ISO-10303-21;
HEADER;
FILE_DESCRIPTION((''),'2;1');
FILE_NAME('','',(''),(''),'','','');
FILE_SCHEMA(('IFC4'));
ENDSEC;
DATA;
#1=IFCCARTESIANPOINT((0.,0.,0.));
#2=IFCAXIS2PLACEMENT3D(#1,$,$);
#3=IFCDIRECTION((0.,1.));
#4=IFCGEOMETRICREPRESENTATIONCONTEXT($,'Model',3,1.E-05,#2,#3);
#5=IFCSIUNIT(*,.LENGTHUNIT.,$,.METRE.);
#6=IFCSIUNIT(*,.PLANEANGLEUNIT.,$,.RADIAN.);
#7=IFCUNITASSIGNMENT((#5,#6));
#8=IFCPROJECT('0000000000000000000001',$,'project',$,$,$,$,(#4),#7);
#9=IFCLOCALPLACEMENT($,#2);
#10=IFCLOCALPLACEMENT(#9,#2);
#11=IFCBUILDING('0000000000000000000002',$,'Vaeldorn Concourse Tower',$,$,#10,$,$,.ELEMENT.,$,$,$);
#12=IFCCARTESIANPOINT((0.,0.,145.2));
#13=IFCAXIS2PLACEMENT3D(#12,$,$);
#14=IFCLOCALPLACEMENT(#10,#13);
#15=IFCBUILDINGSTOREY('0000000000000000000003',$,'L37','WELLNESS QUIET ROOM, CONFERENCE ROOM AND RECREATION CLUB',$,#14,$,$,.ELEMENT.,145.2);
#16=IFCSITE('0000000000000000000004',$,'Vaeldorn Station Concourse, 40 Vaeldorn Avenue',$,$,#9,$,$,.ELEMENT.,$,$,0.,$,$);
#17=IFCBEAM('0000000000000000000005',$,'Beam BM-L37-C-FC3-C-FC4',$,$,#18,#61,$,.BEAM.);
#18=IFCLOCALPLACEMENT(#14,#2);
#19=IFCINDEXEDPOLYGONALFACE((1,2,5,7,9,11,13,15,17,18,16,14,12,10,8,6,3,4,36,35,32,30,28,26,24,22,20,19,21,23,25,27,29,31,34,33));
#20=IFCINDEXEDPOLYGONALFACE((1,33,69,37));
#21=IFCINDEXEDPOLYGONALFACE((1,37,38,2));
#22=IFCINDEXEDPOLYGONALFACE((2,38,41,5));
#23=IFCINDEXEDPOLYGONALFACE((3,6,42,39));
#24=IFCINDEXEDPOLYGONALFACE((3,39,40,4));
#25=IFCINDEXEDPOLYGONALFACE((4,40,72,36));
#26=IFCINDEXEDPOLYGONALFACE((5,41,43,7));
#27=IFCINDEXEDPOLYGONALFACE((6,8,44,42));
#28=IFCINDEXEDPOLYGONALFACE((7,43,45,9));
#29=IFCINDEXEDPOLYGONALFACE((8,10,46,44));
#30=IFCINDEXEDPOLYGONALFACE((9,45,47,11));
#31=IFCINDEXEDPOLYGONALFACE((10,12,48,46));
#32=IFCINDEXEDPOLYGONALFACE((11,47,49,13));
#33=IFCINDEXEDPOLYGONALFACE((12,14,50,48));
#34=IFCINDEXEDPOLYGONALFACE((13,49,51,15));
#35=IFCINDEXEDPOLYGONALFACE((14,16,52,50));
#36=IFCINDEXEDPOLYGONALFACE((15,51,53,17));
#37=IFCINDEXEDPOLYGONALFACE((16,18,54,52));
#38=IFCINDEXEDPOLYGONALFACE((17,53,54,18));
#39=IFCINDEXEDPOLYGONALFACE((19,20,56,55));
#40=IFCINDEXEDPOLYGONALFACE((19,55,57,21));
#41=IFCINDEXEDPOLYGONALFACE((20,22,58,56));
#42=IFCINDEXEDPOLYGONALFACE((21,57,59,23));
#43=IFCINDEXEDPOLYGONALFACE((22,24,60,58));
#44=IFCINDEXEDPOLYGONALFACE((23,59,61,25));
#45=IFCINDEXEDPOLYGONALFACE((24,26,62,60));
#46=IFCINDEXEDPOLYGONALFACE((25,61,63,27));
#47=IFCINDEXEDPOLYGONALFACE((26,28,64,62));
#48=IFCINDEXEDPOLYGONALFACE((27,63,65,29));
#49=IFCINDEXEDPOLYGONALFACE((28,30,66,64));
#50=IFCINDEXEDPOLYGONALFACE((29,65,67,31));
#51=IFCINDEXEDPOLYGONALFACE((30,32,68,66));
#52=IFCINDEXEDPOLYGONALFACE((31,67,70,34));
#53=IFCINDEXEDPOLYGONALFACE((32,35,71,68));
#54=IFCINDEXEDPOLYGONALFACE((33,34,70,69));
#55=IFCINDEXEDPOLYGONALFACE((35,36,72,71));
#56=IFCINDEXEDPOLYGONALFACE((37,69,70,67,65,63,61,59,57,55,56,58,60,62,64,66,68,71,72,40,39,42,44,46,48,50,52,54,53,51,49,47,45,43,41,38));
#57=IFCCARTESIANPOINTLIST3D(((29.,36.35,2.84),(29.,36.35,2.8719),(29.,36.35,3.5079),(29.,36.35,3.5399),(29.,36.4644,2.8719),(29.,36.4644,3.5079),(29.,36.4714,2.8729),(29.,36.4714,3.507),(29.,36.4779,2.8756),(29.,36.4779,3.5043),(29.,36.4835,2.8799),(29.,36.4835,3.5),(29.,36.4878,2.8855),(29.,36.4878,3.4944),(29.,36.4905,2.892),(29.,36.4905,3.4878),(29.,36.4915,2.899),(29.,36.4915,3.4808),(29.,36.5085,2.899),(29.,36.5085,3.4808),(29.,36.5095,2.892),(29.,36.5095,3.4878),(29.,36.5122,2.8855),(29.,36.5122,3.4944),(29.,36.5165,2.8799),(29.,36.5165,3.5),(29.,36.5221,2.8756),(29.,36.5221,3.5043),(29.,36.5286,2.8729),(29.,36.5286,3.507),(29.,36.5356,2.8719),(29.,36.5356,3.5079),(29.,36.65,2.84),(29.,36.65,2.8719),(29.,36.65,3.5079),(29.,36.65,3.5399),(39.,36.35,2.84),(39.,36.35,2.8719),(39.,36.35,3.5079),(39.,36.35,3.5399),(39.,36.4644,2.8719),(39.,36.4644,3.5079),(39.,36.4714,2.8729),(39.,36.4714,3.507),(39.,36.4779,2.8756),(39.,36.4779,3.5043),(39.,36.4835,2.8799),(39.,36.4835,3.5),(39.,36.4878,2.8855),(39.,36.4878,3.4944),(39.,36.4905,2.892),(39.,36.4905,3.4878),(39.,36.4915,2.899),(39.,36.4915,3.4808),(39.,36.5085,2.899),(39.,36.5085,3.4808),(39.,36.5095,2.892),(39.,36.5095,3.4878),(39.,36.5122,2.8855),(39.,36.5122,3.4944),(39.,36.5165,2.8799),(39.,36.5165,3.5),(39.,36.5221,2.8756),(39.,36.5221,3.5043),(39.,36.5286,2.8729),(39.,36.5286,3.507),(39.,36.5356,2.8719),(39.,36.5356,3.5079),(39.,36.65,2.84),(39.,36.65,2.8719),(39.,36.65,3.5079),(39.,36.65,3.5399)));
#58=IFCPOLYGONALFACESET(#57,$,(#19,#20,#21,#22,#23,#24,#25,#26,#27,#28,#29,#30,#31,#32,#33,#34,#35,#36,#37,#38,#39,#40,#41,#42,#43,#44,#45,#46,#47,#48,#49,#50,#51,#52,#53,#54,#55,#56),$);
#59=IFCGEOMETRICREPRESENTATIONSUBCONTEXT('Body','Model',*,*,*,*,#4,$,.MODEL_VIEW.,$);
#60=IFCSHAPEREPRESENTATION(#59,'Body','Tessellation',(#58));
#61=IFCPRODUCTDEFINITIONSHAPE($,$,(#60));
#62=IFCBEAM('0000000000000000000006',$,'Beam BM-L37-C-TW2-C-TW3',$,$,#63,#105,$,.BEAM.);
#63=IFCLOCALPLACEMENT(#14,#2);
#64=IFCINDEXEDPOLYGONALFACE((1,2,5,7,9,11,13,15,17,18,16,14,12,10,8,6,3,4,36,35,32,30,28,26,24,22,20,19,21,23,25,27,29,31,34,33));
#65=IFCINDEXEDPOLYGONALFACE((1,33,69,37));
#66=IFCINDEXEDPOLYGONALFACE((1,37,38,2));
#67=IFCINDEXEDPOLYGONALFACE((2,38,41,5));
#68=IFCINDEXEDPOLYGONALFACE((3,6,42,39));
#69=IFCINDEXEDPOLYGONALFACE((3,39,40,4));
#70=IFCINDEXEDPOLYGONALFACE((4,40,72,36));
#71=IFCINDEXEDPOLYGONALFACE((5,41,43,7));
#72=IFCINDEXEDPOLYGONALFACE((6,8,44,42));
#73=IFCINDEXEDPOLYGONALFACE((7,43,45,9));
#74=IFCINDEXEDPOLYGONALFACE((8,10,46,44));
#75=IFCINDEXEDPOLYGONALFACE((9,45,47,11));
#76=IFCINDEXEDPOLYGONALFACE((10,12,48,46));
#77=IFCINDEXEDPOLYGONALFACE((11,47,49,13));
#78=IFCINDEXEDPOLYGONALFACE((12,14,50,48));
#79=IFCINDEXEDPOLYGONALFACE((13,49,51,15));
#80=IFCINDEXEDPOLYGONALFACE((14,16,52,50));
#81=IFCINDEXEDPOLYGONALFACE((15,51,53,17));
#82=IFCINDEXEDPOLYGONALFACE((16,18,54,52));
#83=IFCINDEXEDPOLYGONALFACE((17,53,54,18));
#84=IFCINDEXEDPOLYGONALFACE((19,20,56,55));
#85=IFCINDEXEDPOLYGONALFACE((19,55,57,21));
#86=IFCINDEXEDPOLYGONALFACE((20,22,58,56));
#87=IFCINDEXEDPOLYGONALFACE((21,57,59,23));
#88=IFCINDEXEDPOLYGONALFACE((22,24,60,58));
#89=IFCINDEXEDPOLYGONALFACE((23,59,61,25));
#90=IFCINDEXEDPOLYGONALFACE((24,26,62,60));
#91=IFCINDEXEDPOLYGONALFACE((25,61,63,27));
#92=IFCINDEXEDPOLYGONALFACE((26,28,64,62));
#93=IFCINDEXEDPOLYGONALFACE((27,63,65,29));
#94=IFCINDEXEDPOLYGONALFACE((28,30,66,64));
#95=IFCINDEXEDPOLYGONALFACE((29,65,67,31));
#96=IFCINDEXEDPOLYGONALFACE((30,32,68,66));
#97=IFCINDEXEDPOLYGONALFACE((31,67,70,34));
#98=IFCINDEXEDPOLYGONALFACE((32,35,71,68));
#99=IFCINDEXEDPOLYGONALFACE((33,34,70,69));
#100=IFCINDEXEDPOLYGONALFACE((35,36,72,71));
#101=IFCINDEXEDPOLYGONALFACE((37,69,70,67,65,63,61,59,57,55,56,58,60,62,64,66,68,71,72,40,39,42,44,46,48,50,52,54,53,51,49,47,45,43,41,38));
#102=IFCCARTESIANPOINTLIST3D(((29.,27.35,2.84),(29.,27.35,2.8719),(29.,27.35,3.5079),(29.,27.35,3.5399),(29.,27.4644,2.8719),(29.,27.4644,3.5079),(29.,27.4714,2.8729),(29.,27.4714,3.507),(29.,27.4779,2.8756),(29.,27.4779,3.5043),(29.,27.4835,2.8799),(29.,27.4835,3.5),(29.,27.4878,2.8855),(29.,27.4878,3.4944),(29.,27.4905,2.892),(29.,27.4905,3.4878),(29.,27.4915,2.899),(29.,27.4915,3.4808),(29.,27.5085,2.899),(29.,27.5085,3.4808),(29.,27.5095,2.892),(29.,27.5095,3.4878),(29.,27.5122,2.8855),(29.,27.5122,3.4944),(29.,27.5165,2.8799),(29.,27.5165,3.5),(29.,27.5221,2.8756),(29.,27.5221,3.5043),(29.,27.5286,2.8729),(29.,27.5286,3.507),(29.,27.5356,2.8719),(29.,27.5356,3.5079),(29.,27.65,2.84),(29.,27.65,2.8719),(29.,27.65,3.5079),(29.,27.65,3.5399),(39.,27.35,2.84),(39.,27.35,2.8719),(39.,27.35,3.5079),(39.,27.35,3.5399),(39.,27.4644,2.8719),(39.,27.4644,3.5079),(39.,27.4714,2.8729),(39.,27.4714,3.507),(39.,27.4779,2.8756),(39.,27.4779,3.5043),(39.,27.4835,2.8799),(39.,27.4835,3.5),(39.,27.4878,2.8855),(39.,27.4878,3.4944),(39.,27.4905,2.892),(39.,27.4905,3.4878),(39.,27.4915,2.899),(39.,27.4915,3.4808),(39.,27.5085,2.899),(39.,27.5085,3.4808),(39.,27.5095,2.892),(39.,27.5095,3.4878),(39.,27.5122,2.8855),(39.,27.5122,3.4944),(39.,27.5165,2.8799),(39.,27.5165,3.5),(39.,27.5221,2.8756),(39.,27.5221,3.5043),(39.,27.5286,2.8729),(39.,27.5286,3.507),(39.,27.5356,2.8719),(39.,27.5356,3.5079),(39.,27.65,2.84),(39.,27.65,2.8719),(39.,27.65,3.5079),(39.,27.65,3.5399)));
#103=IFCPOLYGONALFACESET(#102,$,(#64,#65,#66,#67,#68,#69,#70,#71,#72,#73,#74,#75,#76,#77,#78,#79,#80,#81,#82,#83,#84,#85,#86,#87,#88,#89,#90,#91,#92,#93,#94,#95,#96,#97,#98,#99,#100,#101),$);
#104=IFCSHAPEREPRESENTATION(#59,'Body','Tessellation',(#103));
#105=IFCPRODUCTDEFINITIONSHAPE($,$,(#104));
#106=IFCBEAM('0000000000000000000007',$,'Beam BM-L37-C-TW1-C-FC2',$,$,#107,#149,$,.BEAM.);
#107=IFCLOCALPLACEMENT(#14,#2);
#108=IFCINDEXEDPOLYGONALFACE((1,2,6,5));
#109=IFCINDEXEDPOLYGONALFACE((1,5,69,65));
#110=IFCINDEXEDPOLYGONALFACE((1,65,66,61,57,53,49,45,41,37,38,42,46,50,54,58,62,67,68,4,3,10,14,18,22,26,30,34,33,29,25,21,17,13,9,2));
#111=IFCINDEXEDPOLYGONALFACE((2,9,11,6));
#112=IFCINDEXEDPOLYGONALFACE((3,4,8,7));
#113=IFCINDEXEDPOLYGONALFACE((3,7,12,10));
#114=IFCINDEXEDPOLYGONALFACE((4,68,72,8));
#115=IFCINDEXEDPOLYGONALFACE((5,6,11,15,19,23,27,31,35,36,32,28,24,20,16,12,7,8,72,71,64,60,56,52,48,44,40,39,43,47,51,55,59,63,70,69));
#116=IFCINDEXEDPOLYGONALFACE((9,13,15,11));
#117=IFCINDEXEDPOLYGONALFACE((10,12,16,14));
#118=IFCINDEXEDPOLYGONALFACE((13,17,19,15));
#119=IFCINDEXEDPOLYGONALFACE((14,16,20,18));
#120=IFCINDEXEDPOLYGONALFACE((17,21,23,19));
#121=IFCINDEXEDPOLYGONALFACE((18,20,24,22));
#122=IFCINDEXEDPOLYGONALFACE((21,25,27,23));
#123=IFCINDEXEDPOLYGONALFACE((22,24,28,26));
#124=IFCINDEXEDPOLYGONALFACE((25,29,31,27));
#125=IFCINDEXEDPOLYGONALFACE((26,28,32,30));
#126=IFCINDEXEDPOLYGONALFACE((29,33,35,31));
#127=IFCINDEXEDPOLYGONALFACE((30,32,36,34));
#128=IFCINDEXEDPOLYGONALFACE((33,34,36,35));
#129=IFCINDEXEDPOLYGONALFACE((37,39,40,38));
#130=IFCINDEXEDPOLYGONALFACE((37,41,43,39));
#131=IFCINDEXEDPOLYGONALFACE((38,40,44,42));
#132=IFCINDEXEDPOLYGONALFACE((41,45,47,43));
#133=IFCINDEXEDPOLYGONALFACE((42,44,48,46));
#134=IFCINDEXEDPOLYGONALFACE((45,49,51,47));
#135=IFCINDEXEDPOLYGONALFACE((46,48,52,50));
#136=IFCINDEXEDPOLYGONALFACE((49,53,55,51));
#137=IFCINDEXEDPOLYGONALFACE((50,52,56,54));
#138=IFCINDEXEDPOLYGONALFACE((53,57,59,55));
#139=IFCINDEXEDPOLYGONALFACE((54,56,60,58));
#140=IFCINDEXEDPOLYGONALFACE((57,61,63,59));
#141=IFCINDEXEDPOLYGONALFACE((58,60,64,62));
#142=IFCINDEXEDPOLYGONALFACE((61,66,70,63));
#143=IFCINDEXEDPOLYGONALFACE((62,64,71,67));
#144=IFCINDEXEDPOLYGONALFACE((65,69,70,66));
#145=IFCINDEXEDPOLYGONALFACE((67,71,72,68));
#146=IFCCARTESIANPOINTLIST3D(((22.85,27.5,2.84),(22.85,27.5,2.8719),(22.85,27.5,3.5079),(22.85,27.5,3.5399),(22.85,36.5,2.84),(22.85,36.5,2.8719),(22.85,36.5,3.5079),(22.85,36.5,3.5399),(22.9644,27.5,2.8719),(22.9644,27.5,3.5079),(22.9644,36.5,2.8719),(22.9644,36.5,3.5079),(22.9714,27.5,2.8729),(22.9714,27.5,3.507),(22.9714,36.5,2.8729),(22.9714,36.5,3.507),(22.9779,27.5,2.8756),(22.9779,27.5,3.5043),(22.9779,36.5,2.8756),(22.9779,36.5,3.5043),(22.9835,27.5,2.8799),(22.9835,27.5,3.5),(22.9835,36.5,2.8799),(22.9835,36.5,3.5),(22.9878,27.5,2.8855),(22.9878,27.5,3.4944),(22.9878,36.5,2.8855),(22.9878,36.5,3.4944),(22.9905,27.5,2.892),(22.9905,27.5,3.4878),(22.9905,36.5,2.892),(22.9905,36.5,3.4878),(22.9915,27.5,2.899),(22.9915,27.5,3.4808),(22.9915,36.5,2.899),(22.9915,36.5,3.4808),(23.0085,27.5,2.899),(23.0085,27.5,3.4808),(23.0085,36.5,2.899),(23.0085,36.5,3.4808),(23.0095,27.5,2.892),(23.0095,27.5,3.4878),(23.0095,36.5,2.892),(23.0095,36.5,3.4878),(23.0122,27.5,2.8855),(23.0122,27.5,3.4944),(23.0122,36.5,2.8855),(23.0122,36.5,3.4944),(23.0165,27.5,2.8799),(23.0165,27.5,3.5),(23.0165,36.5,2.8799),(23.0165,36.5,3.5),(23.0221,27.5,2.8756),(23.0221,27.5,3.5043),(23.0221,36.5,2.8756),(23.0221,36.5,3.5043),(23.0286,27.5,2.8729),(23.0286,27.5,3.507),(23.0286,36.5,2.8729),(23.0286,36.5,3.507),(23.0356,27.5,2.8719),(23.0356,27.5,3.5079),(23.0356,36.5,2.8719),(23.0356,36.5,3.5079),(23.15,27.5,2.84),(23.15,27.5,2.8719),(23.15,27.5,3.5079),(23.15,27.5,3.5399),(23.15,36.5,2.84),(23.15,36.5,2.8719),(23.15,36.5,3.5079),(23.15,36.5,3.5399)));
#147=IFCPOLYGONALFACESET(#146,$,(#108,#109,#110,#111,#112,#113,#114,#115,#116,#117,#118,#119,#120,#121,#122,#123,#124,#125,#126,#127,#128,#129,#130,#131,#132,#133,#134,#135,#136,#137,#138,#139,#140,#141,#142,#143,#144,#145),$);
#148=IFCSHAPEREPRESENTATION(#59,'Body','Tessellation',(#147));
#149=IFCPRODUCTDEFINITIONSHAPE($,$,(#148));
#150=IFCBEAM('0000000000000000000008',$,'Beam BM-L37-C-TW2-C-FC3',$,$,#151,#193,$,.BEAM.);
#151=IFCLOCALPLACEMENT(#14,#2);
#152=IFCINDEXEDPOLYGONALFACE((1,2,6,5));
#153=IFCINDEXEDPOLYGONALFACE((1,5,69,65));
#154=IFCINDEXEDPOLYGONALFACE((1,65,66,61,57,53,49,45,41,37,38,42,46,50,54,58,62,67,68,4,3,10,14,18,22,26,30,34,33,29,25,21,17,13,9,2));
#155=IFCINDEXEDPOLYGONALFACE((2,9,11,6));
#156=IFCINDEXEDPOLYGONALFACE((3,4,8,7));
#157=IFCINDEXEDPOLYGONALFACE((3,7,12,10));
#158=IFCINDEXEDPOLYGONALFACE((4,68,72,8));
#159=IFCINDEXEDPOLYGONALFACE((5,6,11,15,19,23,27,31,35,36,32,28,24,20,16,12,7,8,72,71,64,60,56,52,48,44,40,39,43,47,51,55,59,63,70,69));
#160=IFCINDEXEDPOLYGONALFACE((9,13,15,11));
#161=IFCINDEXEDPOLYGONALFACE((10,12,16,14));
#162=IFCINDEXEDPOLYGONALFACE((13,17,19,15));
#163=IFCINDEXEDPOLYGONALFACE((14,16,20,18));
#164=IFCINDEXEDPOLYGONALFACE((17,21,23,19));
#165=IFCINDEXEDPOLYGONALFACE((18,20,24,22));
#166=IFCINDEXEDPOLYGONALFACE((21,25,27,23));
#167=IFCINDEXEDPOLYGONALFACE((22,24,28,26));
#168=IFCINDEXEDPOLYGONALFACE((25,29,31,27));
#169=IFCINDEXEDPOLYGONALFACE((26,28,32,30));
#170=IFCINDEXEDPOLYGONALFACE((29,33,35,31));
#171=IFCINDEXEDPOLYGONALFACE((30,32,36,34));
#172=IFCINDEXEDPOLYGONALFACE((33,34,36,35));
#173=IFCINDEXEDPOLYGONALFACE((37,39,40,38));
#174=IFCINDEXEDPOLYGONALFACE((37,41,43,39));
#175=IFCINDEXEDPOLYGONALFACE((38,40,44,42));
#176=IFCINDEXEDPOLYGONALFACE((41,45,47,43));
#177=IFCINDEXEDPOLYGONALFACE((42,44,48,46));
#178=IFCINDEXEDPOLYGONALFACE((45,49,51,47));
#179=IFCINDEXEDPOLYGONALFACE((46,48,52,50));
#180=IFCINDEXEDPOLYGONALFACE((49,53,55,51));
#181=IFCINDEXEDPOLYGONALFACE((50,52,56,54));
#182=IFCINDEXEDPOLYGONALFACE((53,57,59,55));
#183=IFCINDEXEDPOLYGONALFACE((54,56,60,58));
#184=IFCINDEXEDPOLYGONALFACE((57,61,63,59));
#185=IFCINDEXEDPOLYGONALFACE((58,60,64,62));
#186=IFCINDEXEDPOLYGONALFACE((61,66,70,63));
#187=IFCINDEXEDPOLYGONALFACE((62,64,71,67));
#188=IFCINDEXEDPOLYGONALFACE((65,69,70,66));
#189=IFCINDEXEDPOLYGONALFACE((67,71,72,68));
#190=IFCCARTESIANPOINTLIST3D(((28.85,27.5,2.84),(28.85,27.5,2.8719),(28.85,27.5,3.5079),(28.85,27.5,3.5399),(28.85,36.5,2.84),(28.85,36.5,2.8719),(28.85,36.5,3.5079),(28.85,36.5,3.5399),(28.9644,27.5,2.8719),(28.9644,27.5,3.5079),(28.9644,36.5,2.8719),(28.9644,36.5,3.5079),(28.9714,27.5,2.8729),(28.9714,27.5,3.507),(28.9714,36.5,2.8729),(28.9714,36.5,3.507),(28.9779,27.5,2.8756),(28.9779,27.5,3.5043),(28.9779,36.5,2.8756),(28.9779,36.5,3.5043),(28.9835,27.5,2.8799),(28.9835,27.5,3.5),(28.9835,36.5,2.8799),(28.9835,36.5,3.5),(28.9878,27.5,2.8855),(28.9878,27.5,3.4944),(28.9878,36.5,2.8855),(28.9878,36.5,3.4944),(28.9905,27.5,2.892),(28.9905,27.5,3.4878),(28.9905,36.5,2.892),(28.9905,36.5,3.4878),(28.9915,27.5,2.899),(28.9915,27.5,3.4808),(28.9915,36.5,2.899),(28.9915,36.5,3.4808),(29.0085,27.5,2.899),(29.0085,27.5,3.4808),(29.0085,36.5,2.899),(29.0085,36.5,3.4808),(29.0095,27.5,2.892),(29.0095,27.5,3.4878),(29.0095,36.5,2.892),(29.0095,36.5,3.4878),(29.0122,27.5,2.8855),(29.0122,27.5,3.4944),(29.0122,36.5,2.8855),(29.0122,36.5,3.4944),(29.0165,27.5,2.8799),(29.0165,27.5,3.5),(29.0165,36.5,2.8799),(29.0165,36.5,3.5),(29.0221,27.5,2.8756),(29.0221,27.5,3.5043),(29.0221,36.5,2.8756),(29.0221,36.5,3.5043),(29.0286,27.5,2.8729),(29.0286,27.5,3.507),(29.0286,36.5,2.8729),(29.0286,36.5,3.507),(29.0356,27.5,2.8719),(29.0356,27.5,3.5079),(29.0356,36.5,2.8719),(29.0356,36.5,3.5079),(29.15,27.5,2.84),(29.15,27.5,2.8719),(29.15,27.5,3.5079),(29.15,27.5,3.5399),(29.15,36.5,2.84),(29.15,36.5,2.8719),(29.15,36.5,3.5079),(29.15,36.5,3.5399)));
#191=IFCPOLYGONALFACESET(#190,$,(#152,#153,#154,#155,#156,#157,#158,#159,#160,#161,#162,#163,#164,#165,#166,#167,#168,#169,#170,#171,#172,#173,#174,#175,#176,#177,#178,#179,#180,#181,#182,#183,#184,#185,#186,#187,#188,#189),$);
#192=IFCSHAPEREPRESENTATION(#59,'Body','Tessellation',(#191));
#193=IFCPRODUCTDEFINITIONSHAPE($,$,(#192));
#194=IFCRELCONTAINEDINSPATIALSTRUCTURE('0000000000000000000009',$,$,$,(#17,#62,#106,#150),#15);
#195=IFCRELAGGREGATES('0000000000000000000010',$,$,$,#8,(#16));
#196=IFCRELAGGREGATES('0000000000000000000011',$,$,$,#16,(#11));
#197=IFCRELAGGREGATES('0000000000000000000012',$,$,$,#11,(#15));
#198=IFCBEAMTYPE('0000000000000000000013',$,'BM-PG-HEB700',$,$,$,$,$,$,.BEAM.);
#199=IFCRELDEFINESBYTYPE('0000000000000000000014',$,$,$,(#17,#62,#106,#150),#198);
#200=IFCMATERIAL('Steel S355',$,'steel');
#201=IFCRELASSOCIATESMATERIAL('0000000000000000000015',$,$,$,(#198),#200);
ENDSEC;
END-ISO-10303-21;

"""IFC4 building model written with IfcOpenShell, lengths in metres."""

from ifc_helpers import new_model, si_unit, direction, frame, origin, origin_2d, place, context, subcontext, project, spatial, i_section, extrude, source, transform, mapped, material, material_profile, profile_set, type_object, element, save


model = new_model("IFC4")

# Units and contexts
model_context = context("Model", 3, precision=1e-05, world=origin(), true_north=direction((0.0, 1.0)))
body_context = subcontext(model_context, "Body", "Model", "MODEL_VIEW")
ifc_project = project(units=[si_unit("LENGTHUNIT", "METRE"), si_unit("PLANEANGLEUNIT", "RADIAN")], contexts=[model_context])

# Site, building, storey
site_placement = place(None, origin())
site = spatial("IfcSite", under=ifc_project, at=site_placement, Name="Vaeldorn Station Concourse, 40 Vaeldorn Avenue", CompositionType="ELEMENT", RefElevation=0.0)
building_placement = place(site_placement, origin())
building = spatial("IfcBuilding", under=site, at=building_placement, Name="Vaeldorn Concourse Tower", CompositionType="ELEMENT")
storey_placement = place(building_placement, frame((0.0, 0.0, 145.2)))
storey = spatial("IfcBuildingStorey", under=building, at=storey_placement, Name="L37", Description="WELLNESS QUIET ROOM, CONFERENCE ROOM AND RECREATION CLUB", CompositionType="ELEMENT", Elevation=145.2)

# Beams
ifc_material_1 = material(Name="Steel S355", Category="steel")
ifc_material_profile_1 = material_profile(ifc_material_1, i_section(OverallWidth=0.3, OverallDepth=0.7, WebThickness=0.0171, FlangeThickness=0.032, FilletRadius=0.0271, at=origin_2d()), Name="HEB 700")
ifc_profile_set_1 = profile_set([ifc_material_profile_1], Name="Steel S355")
beam_type_1 = type_object("IfcBeamType", Name="BM-PG-HEB700", PredefinedType="BEAM", material=ifc_profile_set_1)
shared_shape_1 = source(origin(), body_context, "Body", "SweptSolid", [
    extrude(i_section(OverallWidth=0.3, OverallDepth=0.7, WebThickness=0.0171, FlangeThickness=0.032, FilletRadius=0.0271, at=origin_2d()), origin(), (0.0, 0.0, 1.0), 10.0),
])
for number, where, z_axis, x_axis, name in (
    (1, (29.0, 36.5, 3.1899), (1.0, 0.0, 0.0), (0.0, 1.0, 0.0), "Beam BM-L37-C-FC3-C-FC4"),
    (2, (29.0, 27.5, 3.1899), (1.0, 0.0, 0.0), (0.0, 1.0, 0.0), "Beam BM-L37-C-TW2-C-TW3"),
):
    element("IfcBeam", number, at=place(storey_placement, frame(where, z_axis=z_axis, x_axis=x_axis)), inside=storey, type_object=beam_type_1, Name=name, PredefinedType="BEAM", context=body_context, shape_type="MappedRepresentation", body=[
        mapped(shared_shape_1, transform((0.0, 0.0, 0.0), scale=1.0)),
    ])
shared_shape_2 = source(origin(), body_context, "Body", "SweptSolid", [
    extrude(i_section(OverallWidth=0.3, OverallDepth=0.7, WebThickness=0.0171, FlangeThickness=0.032, FilletRadius=0.0271, at=origin_2d()), origin(), (0.0, 0.0, 1.0), 9.0),
])
for number, where, z_axis, x_axis, name in (
    (3, (23.0, 27.5, 3.1899), (0.0, 1.0, 0.0), (-1.0, 0.0, 0.0), "Beam BM-L37-C-TW1-C-FC2"),
    (4, (29.0, 27.5, 3.1899), (0.0, 1.0, 0.0), (-1.0, 0.0, 0.0), "Beam BM-L37-C-TW2-C-FC3"),
):
    element("IfcBeam", number, at=place(storey_placement, frame(where, z_axis=z_axis, x_axis=x_axis)), inside=storey, type_object=beam_type_1, Name=name, PredefinedType="BEAM", context=body_context, shape_type="MappedRepresentation", body=[
        mapped(shared_shape_2, transform((0.0, 0.0, 0.0), scale=1.0)),
    ])

save(model, "model.ifc")
